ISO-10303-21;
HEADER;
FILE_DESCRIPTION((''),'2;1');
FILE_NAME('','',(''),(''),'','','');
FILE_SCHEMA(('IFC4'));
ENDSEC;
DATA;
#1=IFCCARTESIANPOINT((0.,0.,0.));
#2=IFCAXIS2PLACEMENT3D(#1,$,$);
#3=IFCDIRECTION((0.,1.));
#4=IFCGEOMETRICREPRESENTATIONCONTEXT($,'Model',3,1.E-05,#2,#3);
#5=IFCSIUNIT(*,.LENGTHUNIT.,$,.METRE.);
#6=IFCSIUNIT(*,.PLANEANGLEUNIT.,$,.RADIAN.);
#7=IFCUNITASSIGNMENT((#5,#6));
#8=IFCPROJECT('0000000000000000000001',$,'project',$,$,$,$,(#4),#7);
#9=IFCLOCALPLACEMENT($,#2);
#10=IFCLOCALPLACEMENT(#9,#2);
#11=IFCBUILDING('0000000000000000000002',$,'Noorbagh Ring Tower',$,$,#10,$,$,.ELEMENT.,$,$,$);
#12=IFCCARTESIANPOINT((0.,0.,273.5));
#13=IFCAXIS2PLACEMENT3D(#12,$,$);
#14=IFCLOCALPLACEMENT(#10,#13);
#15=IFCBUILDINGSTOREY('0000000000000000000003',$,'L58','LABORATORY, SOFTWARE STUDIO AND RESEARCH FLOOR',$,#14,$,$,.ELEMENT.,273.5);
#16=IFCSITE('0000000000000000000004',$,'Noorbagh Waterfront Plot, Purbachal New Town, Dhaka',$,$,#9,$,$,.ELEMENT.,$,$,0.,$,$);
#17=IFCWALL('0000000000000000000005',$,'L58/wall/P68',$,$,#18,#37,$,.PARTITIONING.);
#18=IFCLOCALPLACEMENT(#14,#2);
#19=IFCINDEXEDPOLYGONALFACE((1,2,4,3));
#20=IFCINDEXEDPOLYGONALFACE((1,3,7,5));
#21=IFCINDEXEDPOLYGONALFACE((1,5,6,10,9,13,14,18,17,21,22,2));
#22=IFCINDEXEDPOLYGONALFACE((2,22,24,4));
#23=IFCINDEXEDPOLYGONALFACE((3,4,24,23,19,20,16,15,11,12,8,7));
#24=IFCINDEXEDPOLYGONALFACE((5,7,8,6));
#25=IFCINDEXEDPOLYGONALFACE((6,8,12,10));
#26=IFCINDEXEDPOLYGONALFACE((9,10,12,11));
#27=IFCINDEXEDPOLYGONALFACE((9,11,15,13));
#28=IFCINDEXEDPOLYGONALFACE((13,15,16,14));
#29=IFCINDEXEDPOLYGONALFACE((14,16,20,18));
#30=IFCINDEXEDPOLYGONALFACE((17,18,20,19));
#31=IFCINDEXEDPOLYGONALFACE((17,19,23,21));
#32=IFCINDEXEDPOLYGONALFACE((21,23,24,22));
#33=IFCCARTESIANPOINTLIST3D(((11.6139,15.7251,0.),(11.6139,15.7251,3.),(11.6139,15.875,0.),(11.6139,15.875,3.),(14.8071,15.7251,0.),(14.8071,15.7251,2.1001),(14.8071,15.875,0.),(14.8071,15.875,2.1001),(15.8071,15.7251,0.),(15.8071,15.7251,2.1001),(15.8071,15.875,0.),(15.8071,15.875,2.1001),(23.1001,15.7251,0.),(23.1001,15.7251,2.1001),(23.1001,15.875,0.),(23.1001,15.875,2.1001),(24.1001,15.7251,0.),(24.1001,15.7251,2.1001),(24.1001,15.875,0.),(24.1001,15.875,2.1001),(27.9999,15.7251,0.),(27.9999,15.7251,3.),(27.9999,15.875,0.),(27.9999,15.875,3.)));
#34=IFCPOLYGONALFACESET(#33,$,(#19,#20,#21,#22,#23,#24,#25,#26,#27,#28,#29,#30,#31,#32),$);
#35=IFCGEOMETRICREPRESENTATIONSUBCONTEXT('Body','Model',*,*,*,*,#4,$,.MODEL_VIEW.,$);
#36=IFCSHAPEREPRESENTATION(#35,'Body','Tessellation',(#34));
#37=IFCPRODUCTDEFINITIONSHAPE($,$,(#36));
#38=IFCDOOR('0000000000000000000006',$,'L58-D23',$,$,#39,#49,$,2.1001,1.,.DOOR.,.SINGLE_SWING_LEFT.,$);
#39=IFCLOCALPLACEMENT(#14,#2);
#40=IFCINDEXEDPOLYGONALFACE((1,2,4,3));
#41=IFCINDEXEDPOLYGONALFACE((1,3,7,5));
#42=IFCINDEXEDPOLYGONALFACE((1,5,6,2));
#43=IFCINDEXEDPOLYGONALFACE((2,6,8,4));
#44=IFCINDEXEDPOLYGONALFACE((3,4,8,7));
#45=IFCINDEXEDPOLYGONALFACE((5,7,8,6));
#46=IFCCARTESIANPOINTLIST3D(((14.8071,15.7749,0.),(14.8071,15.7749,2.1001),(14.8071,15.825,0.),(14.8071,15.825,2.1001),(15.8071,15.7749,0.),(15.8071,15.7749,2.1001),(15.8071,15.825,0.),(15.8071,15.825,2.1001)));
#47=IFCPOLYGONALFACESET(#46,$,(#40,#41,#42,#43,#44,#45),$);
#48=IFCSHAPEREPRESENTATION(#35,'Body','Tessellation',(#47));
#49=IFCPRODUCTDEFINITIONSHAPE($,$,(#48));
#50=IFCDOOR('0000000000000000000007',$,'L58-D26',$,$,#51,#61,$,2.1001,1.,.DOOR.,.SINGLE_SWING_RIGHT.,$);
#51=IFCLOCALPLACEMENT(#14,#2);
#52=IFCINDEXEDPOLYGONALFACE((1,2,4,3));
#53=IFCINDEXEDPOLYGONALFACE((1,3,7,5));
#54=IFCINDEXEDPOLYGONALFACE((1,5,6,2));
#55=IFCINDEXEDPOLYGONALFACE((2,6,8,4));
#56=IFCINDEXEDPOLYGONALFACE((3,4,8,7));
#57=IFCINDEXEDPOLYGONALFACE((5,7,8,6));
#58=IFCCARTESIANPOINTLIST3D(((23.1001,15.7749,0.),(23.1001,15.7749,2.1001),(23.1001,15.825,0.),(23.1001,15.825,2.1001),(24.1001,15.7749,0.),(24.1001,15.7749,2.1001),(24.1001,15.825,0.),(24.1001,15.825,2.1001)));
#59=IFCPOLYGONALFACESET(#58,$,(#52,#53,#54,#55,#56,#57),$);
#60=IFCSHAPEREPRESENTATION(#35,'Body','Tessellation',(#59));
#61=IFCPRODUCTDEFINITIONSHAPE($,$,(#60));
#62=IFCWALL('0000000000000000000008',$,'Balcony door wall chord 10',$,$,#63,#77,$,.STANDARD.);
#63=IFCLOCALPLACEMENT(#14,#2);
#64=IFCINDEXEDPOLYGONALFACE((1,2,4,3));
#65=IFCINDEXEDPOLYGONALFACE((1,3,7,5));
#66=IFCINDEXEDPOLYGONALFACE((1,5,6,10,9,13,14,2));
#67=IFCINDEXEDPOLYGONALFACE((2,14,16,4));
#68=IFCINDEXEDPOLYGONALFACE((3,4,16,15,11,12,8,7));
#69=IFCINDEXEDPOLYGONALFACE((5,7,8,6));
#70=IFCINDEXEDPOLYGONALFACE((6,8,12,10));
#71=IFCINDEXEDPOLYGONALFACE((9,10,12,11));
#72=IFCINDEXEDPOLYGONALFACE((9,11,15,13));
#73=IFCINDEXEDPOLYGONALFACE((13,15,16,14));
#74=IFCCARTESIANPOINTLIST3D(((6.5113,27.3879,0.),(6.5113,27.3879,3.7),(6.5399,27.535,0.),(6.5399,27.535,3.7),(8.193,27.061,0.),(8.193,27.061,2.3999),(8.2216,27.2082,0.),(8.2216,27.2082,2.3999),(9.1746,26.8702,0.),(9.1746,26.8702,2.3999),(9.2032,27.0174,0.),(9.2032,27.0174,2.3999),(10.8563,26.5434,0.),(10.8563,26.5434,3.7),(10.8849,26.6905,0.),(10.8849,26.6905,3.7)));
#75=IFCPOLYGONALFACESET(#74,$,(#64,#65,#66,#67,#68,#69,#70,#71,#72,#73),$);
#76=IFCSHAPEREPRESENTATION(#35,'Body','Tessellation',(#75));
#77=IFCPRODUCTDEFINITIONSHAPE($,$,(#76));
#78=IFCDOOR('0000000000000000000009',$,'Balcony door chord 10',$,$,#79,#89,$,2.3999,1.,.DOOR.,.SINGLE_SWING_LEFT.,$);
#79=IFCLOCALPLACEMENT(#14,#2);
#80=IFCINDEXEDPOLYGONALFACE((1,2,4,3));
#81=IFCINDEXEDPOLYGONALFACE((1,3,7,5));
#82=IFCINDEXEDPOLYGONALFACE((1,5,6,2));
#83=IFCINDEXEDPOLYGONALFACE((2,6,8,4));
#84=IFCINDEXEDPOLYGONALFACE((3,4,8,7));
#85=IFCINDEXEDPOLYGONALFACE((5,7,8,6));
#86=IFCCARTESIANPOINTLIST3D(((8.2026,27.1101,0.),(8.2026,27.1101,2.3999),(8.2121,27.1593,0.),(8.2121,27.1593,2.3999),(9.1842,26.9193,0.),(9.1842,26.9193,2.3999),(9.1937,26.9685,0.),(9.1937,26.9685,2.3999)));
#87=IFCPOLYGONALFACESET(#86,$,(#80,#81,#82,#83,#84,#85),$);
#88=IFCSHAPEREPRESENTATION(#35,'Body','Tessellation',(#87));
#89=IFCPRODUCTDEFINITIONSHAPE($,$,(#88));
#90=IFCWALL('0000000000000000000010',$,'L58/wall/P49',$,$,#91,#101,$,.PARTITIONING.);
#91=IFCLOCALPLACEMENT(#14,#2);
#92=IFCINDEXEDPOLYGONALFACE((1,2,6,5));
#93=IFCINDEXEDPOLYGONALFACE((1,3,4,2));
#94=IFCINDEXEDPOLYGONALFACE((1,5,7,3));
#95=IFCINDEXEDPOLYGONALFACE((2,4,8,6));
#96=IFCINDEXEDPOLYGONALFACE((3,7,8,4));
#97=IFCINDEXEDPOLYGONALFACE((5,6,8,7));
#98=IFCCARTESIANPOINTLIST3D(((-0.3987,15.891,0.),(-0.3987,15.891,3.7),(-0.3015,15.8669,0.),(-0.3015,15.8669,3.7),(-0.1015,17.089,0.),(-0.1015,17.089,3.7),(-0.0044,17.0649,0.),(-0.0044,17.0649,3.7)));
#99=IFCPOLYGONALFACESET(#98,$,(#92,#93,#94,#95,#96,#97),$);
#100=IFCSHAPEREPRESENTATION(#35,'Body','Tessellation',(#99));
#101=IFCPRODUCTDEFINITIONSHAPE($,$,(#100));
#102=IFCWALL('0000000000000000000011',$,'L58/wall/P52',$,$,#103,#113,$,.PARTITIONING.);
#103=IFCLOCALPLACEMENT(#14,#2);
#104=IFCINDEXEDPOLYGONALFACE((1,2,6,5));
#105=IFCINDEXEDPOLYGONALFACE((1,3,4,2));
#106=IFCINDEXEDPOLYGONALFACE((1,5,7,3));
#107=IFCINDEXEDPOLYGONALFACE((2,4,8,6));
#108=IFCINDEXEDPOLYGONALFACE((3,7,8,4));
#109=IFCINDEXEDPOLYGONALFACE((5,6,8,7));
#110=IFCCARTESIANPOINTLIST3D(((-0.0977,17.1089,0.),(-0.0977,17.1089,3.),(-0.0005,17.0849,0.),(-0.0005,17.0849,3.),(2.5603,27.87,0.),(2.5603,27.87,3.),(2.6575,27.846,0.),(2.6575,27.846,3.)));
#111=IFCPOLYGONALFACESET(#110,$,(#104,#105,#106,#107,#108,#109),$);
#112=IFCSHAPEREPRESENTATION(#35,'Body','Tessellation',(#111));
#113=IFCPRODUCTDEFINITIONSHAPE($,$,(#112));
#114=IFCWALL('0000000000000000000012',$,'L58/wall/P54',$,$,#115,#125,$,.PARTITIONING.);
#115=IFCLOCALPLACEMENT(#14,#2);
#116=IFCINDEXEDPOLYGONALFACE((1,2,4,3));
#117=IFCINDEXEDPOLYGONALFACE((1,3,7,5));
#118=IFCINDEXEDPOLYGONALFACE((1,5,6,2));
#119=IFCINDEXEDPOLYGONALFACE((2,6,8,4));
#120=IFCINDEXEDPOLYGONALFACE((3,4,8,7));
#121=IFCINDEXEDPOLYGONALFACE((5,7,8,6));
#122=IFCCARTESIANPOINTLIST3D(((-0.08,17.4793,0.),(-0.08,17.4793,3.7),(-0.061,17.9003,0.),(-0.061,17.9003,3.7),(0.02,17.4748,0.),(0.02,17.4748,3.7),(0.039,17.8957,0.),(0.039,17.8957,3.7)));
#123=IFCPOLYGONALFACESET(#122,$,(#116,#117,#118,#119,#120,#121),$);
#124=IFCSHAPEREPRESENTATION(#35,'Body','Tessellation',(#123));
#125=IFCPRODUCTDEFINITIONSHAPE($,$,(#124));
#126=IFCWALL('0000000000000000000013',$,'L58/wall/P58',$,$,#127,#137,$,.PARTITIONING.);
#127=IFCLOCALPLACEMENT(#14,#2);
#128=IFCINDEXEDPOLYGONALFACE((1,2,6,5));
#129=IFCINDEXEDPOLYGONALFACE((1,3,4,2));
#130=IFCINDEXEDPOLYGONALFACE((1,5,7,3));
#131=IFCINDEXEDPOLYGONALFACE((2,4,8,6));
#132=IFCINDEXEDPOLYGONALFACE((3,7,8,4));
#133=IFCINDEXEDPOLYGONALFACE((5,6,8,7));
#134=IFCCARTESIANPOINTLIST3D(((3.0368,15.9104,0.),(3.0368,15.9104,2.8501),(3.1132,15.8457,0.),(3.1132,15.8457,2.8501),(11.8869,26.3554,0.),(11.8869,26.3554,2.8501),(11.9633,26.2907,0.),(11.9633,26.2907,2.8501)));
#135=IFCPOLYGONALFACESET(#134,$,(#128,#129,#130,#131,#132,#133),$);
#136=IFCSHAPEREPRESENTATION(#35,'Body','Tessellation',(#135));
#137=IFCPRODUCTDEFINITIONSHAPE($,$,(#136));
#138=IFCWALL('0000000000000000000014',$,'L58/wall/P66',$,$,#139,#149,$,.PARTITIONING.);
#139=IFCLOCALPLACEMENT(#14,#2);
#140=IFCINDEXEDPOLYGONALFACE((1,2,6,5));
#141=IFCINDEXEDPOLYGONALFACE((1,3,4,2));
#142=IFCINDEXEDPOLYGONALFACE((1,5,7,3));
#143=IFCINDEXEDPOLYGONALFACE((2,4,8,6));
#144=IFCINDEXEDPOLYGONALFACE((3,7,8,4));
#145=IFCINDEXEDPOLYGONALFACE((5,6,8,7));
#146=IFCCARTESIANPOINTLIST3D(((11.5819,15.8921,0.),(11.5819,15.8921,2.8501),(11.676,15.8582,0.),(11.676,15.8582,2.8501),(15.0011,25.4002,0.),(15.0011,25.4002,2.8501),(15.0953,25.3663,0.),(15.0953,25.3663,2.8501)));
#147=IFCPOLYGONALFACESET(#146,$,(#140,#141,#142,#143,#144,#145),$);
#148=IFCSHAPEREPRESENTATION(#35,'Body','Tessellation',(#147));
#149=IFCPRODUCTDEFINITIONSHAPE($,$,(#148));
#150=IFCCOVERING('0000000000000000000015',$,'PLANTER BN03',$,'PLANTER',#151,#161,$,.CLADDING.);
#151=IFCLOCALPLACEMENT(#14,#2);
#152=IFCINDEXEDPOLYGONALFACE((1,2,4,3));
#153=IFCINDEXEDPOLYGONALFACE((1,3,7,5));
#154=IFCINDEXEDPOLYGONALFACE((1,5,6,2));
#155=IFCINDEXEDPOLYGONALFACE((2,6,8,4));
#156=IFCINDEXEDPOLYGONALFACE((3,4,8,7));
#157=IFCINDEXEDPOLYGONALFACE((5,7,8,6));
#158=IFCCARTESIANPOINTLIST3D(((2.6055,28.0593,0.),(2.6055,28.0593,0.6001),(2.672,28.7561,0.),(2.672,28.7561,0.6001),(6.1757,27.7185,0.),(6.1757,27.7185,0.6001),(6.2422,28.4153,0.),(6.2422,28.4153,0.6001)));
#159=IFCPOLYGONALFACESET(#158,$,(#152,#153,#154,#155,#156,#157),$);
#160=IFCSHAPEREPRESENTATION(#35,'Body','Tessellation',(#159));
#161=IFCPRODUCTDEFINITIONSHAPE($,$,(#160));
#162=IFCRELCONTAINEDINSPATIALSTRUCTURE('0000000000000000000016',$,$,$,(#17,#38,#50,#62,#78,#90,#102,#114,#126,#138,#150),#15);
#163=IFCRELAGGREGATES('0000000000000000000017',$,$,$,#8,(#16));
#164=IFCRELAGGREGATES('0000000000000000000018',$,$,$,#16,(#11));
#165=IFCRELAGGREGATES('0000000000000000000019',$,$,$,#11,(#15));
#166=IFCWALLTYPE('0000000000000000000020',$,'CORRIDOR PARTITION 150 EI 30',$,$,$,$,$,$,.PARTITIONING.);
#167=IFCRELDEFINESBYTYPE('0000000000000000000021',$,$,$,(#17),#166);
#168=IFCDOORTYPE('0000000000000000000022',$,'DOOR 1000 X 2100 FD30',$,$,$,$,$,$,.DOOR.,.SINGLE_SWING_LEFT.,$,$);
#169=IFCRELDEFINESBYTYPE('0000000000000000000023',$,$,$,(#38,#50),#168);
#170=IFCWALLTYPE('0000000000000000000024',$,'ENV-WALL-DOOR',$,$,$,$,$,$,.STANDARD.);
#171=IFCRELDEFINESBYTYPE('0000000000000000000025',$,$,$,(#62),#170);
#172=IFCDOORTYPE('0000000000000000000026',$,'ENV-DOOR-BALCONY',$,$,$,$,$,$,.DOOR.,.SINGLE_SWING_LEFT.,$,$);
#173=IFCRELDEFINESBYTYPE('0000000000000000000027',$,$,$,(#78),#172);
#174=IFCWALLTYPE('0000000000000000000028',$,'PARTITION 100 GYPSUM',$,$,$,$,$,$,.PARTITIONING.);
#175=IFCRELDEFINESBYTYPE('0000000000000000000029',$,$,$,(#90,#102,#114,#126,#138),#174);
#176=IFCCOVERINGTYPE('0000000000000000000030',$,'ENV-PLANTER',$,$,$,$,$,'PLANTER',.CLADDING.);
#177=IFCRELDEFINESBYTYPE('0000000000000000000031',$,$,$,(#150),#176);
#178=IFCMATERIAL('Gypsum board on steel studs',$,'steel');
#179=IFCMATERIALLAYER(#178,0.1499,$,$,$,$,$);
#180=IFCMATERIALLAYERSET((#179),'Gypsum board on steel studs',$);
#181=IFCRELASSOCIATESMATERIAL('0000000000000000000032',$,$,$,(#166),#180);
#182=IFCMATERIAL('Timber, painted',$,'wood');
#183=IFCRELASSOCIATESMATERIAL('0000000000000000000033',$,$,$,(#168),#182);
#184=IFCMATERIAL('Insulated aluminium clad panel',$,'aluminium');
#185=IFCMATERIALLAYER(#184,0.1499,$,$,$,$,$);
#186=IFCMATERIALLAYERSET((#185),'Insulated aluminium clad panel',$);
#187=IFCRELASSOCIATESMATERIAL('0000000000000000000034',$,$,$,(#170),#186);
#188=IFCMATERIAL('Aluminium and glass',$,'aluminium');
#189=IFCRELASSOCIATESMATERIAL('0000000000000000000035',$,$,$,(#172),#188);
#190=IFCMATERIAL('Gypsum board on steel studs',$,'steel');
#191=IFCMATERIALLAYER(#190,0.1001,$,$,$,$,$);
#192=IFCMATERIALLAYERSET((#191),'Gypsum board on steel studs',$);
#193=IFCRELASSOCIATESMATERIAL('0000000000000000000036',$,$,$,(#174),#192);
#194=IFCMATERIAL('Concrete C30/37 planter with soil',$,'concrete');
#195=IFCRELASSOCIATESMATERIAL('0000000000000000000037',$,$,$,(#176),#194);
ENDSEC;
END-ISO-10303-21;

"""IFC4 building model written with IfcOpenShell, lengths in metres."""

from ifc_helpers import new_model, si_unit, direction, frame, frame_2d, origin, origin_2d, place, context, subcontext, project, spatial, rectangle, extrude, material, layer, layer_set, type_object, element, fill, save


model = new_model("IFC4")

# Units and contexts
model_context = context("Model", 3, precision=1e-05, world=origin(), true_north=direction((0.0, 1.0)))
body_context = subcontext(model_context, "Body", "Model", "MODEL_VIEW")
ifc_project = project(units=[si_unit("LENGTHUNIT", "METRE"), si_unit("PLANEANGLEUNIT", "RADIAN")], contexts=[model_context])

# Site, building, storey
site_placement = place(None, origin())
site = spatial("IfcSite", under=ifc_project, at=site_placement, Name="Noorbagh Waterfront Plot, Purbachal New Town, Dhaka", CompositionType="ELEMENT", RefElevation=0.0)
building_placement = place(site_placement, origin())
building = spatial("IfcBuilding", under=site, at=building_placement, Name="Noorbagh Ring Tower", CompositionType="ELEMENT")
storey_placement = place(building_placement, frame((0.0, 0.0, 273.5)))
storey = spatial("IfcBuildingStorey", under=building, at=storey_placement, Name="L58", Description="LABORATORY, SOFTWARE STUDIO AND RESEARCH FLOOR", CompositionType="ELEMENT", Elevation=273.5)

# Wall, openings, doors
ifc_material_1 = material(Name="Gypsum board on steel studs", Category="steel")
ifc_layer_1 = layer(ifc_material_1, 0.1499)
ifc_layer_set_1 = layer_set([ifc_layer_1], Name="Gypsum board on steel studs")
wall_type_1 = type_object("IfcWallType", Name="CORRIDOR PARTITION 150 EI 30", PredefinedType="PARTITIONING", material=ifc_layer_set_1)
wall_1_placement = place(storey_placement, frame((11.614, 15.8, 0.0), z_axis=(0.0, 0.0, 1.0), x_axis=(1.0, 0.0, 0.0)))
wall_1 = element("IfcWall", 1, at=wall_1_placement, inside=storey, type_object=wall_type_1, Name="L58/wall/P68", PredefinedType="PARTITIONING", context=body_context, shape_type="SweptSolid", body=[
    extrude(rectangle(XDim=16.386, YDim=0.1499, at=frame_2d((8.1929, 0.0))), origin(), (0.0, 0.0, 1.0), 3.0),
])
opening_1_placement = place(wall_1_placement, frame((3.1931, 0.0, 0.0)))
opening_1 = element("IfcOpeningElement", 2, at=opening_1_placement, cuts=wall_1, PredefinedType="OPENING", context=body_context, shape_type="SweptSolid", body=[
    extrude(rectangle(XDim=1.0, YDim=2.1001, at=frame_2d((0.5, 1.05))), frame((0.0, 0.085, 0.0), z_axis=(0.0, -1.0, 0.0), x_axis=(1.0, 0.0, 0.0)), (0.0, 0.0, 1.0), 0.1699),
])
opening_2_placement = place(wall_1_placement, frame((11.4861, 0.0, 0.0)))
opening_2 = element("IfcOpeningElement", 3, at=opening_2_placement, cuts=wall_1, PredefinedType="OPENING", context=body_context, shape_type="SweptSolid", body=[
    extrude(rectangle(XDim=1.0, YDim=2.1001, at=frame_2d((0.5, 1.05))), frame((0.0, 0.085, 0.0), z_axis=(0.0, -1.0, 0.0), x_axis=(1.0, 0.0, 0.0)), (0.0, 0.0, 1.0), 0.1699),
])
ifc_material_2 = material(Name="Timber, painted", Category="wood")
door_type_1 = type_object("IfcDoorType", Name="DOOR 1000 X 2100 FD30", OperationType="SINGLE_SWING_LEFT", PredefinedType="DOOR", material=ifc_material_2)
door_1_placement = place(opening_1_placement, origin())
door_1 = element("IfcDoor", 4, at=door_1_placement, inside=storey, type_object=door_type_1, Name="L58-D23", OperationType="SINGLE_SWING_LEFT", OverallHeight=2.1001, OverallWidth=1.0, PredefinedType="DOOR", context=body_context, shape_type="SweptSolid", body=[
    extrude(rectangle(XDim=1.0, YDim=2.1001, at=frame_2d((0.5, 1.05))), frame((0.0, 0.0249, 0.0), z_axis=(0.0, -1.0, 0.0), x_axis=(1.0, 0.0, 0.0)), (0.0, 0.0, 1.0), 0.05),
])
fill(opening_1, door_1)
door_2_placement = place(opening_2_placement, origin())
door_2 = element("IfcDoor", 5, at=door_2_placement, inside=storey, type_object=door_type_1, Name="L58-D26", OperationType="SINGLE_SWING_RIGHT", OverallHeight=2.1001, OverallWidth=1.0, PredefinedType="DOOR", context=body_context, shape_type="SweptSolid", body=[
    extrude(rectangle(XDim=1.0, YDim=2.1001, at=frame_2d((0.5, 1.05))), frame((0.0, 0.0249, 0.0), z_axis=(0.0, -1.0, 0.0), x_axis=(1.0, 0.0, 0.0)), (0.0, 0.0, 1.0), 0.05),
])
fill(opening_2, door_2)

# Wall, opening, door
ifc_material_3 = material(Name="Insulated aluminium clad panel", Category="aluminium")
ifc_layer_2 = layer(ifc_material_3, 0.1499)
ifc_layer_set_2 = layer_set([ifc_layer_2], Name="Insulated aluminium clad panel")
wall_type_2 = type_object("IfcWallType", Name="ENV-WALL-DOOR", PredefinedType="STANDARD", material=ifc_layer_set_2)
wall_2_placement = place(storey_placement, frame((10.8706, 26.6169, 0.0), z_axis=(0.0, 0.0, 1.0), x_axis=(-0.981631, 0.190788, 0.0)))
wall_2 = element("IfcWall", 6, at=wall_2_placement, inside=storey, type_object=wall_type_2, Name="Balcony door wall chord 10", PredefinedType="STANDARD", context=body_context, shape_type="SweptSolid", body=[
    extrude(rectangle(XDim=4.4263, YDim=0.1499, at=frame_2d((2.2131, 0.0))), origin(), (0.0, 0.0, 1.0), 3.7),
])
opening_3_placement = place(wall_2_placement, frame((1.7131, 0.0, 0.0)))
opening_3 = element("IfcOpeningElement", 7, at=opening_3_placement, cuts=wall_2, PredefinedType="OPENING", context=body_context, shape_type="SweptSolid", body=[
    extrude(rectangle(XDim=1.0, YDim=2.3999, at=frame_2d((0.5, 1.2))), frame((0.0, 0.085, 0.0), z_axis=(0.0, -1.0, 0.0), x_axis=(1.0, 0.0, 0.0)), (0.0, 0.0, 1.0), 0.1699),
])
ifc_material_4 = material(Name="Aluminium and glass", Category="aluminium")
door_type_2 = type_object("IfcDoorType", Name="ENV-DOOR-BALCONY", OperationType="SINGLE_SWING_LEFT", PredefinedType="DOOR", material=ifc_material_4)
door_3_placement = place(opening_3_placement, origin())
door_3 = element("IfcDoor", 8, at=door_3_placement, inside=storey, type_object=door_type_2, Name="Balcony door chord 10", OperationType="SINGLE_SWING_LEFT", OverallHeight=2.3999, OverallWidth=1.0, PredefinedType="DOOR", context=body_context, shape_type="SweptSolid", body=[
    extrude(rectangle(XDim=1.0, YDim=2.3999, at=frame_2d((0.5, 1.2))), frame((0.0, 0.0249, 0.0), z_axis=(0.0, -1.0, 0.0), x_axis=(1.0, 0.0, 0.0)), (0.0, 0.0, 1.0), 0.05),
])
fill(opening_3, door_3)

# Walls
ifc_material_5 = material(Name="Gypsum board on steel studs", Category="steel")
ifc_layer_3 = layer(ifc_material_5, 0.1001)
ifc_layer_set_3 = layer_set([ifc_layer_3], Name="Gypsum board on steel studs")
wall_type_3 = type_object("IfcWallType", Name="PARTITION 100 GYPSUM", PredefinedType="PARTITIONING", material=ifc_layer_set_3)
wall_3_placement = place(storey_placement, frame((-0.3501, 15.8789, 0.0), z_axis=(0.0, 0.0, 1.0), x_axis=(0.24072, 0.970595, 0.0)))
element("IfcWall", 9, at=wall_3_placement, inside=storey, type_object=wall_type_3, Name="L58/wall/P49", PredefinedType="PARTITIONING", context=body_context, shape_type="SweptSolid", body=[
    extrude(rectangle(XDim=1.2344, YDim=0.1001, at=frame_2d((0.6172, 0.0))), origin(), (0.0, 0.0, 1.0), 3.7),
])
wall_4_placement = place(storey_placement, frame((-0.0491, 17.0969, 0.0), z_axis=(0.0, 0.0, 1.0), x_axis=(0.239793, 0.970824, 0.0)))
element("IfcWall", 10, at=wall_4_placement, inside=storey, type_object=wall_type_3, Name="L58/wall/P52", PredefinedType="PARTITIONING", context=body_context, shape_type="SweptSolid", body=[
    extrude(rectangle(XDim=11.0845, YDim=0.1001, at=frame_2d((5.5422, 0.0))), origin(), (0.0, 0.0, 1.0), 3.0),
])
wall_5_placement = place(storey_placement, frame((-0.03, 17.4771, 0.0), z_axis=(0.0, 0.0, 1.0), x_axis=(0.045197, 0.998978, 0.0)))
element("IfcWall", 11, at=wall_5_placement, inside=storey, type_object=wall_type_3, Name="L58/wall/P54", PredefinedType="PARTITIONING", context=body_context, shape_type="SweptSolid", body=[
    extrude(rectangle(XDim=0.4214, YDim=0.1001, at=frame_2d((0.2107, 0.0))), origin(), (0.0, 0.0, 1.0), 3.7),
])
wall_6_placement = place(storey_placement, frame((3.075, 15.8779, 0.0), z_axis=(0.0, 0.0, 1.0), x_axis=(0.646451, 0.762955, 0.0)))
element("IfcWall", 12, at=wall_6_placement, inside=storey, type_object=wall_type_3, Name="L58/wall/P58", PredefinedType="PARTITIONING", context=body_context, shape_type="SweptSolid", body=[
    extrude(rectangle(XDim=13.6902, YDim=0.1001, at=frame_2d((6.8452, 0.0))), origin(), (0.0, 0.0, 1.0), 2.8501),
])
wall_7_placement = place(storey_placement, frame((11.6289, 15.875, 0.0), z_axis=(0.0, 0.0, 1.0), x_axis=(0.338394, 0.941004, 0.0)))
element("IfcWall", 13, at=wall_7_placement, inside=storey, type_object=wall_type_3, Name="L58/wall/P66", PredefinedType="PARTITIONING", context=body_context, shape_type="SweptSolid", body=[
    extrude(rectangle(XDim=10.1042, YDim=0.1001, at=frame_2d((5.0522, 0.0))), origin(), (0.0, 0.0, 1.0), 2.8501),
])

# Covering
ifc_material_6 = material(Name="Concrete C30/37 planter with soil", Category="concrete")
covering_type = type_object("IfcCoveringType", Name="ENV-PLANTER", ElementType="PLANTER", PredefinedType="CLADDING", material=ifc_material_6)
covering_placement = place(storey_placement, frame((4.4238, 28.2373, 0.0), z_axis=(0.0, 0.0, 1.0), x_axis=(-0.995476, 0.095008, 0.0)))
element("IfcCovering", 14, at=covering_placement, inside=storey, type_object=covering_type, Name="PLANTER BN03", ObjectType="PLANTER", PredefinedType="CLADDING", context=body_context, shape_type="SweptSolid", body=[
    extrude(rectangle(XDim=3.5864, YDim=0.7, at=origin_2d()), origin(), (0.0, 0.0, 1.0), 0.6001),
])

save(model, "model.ifc")
